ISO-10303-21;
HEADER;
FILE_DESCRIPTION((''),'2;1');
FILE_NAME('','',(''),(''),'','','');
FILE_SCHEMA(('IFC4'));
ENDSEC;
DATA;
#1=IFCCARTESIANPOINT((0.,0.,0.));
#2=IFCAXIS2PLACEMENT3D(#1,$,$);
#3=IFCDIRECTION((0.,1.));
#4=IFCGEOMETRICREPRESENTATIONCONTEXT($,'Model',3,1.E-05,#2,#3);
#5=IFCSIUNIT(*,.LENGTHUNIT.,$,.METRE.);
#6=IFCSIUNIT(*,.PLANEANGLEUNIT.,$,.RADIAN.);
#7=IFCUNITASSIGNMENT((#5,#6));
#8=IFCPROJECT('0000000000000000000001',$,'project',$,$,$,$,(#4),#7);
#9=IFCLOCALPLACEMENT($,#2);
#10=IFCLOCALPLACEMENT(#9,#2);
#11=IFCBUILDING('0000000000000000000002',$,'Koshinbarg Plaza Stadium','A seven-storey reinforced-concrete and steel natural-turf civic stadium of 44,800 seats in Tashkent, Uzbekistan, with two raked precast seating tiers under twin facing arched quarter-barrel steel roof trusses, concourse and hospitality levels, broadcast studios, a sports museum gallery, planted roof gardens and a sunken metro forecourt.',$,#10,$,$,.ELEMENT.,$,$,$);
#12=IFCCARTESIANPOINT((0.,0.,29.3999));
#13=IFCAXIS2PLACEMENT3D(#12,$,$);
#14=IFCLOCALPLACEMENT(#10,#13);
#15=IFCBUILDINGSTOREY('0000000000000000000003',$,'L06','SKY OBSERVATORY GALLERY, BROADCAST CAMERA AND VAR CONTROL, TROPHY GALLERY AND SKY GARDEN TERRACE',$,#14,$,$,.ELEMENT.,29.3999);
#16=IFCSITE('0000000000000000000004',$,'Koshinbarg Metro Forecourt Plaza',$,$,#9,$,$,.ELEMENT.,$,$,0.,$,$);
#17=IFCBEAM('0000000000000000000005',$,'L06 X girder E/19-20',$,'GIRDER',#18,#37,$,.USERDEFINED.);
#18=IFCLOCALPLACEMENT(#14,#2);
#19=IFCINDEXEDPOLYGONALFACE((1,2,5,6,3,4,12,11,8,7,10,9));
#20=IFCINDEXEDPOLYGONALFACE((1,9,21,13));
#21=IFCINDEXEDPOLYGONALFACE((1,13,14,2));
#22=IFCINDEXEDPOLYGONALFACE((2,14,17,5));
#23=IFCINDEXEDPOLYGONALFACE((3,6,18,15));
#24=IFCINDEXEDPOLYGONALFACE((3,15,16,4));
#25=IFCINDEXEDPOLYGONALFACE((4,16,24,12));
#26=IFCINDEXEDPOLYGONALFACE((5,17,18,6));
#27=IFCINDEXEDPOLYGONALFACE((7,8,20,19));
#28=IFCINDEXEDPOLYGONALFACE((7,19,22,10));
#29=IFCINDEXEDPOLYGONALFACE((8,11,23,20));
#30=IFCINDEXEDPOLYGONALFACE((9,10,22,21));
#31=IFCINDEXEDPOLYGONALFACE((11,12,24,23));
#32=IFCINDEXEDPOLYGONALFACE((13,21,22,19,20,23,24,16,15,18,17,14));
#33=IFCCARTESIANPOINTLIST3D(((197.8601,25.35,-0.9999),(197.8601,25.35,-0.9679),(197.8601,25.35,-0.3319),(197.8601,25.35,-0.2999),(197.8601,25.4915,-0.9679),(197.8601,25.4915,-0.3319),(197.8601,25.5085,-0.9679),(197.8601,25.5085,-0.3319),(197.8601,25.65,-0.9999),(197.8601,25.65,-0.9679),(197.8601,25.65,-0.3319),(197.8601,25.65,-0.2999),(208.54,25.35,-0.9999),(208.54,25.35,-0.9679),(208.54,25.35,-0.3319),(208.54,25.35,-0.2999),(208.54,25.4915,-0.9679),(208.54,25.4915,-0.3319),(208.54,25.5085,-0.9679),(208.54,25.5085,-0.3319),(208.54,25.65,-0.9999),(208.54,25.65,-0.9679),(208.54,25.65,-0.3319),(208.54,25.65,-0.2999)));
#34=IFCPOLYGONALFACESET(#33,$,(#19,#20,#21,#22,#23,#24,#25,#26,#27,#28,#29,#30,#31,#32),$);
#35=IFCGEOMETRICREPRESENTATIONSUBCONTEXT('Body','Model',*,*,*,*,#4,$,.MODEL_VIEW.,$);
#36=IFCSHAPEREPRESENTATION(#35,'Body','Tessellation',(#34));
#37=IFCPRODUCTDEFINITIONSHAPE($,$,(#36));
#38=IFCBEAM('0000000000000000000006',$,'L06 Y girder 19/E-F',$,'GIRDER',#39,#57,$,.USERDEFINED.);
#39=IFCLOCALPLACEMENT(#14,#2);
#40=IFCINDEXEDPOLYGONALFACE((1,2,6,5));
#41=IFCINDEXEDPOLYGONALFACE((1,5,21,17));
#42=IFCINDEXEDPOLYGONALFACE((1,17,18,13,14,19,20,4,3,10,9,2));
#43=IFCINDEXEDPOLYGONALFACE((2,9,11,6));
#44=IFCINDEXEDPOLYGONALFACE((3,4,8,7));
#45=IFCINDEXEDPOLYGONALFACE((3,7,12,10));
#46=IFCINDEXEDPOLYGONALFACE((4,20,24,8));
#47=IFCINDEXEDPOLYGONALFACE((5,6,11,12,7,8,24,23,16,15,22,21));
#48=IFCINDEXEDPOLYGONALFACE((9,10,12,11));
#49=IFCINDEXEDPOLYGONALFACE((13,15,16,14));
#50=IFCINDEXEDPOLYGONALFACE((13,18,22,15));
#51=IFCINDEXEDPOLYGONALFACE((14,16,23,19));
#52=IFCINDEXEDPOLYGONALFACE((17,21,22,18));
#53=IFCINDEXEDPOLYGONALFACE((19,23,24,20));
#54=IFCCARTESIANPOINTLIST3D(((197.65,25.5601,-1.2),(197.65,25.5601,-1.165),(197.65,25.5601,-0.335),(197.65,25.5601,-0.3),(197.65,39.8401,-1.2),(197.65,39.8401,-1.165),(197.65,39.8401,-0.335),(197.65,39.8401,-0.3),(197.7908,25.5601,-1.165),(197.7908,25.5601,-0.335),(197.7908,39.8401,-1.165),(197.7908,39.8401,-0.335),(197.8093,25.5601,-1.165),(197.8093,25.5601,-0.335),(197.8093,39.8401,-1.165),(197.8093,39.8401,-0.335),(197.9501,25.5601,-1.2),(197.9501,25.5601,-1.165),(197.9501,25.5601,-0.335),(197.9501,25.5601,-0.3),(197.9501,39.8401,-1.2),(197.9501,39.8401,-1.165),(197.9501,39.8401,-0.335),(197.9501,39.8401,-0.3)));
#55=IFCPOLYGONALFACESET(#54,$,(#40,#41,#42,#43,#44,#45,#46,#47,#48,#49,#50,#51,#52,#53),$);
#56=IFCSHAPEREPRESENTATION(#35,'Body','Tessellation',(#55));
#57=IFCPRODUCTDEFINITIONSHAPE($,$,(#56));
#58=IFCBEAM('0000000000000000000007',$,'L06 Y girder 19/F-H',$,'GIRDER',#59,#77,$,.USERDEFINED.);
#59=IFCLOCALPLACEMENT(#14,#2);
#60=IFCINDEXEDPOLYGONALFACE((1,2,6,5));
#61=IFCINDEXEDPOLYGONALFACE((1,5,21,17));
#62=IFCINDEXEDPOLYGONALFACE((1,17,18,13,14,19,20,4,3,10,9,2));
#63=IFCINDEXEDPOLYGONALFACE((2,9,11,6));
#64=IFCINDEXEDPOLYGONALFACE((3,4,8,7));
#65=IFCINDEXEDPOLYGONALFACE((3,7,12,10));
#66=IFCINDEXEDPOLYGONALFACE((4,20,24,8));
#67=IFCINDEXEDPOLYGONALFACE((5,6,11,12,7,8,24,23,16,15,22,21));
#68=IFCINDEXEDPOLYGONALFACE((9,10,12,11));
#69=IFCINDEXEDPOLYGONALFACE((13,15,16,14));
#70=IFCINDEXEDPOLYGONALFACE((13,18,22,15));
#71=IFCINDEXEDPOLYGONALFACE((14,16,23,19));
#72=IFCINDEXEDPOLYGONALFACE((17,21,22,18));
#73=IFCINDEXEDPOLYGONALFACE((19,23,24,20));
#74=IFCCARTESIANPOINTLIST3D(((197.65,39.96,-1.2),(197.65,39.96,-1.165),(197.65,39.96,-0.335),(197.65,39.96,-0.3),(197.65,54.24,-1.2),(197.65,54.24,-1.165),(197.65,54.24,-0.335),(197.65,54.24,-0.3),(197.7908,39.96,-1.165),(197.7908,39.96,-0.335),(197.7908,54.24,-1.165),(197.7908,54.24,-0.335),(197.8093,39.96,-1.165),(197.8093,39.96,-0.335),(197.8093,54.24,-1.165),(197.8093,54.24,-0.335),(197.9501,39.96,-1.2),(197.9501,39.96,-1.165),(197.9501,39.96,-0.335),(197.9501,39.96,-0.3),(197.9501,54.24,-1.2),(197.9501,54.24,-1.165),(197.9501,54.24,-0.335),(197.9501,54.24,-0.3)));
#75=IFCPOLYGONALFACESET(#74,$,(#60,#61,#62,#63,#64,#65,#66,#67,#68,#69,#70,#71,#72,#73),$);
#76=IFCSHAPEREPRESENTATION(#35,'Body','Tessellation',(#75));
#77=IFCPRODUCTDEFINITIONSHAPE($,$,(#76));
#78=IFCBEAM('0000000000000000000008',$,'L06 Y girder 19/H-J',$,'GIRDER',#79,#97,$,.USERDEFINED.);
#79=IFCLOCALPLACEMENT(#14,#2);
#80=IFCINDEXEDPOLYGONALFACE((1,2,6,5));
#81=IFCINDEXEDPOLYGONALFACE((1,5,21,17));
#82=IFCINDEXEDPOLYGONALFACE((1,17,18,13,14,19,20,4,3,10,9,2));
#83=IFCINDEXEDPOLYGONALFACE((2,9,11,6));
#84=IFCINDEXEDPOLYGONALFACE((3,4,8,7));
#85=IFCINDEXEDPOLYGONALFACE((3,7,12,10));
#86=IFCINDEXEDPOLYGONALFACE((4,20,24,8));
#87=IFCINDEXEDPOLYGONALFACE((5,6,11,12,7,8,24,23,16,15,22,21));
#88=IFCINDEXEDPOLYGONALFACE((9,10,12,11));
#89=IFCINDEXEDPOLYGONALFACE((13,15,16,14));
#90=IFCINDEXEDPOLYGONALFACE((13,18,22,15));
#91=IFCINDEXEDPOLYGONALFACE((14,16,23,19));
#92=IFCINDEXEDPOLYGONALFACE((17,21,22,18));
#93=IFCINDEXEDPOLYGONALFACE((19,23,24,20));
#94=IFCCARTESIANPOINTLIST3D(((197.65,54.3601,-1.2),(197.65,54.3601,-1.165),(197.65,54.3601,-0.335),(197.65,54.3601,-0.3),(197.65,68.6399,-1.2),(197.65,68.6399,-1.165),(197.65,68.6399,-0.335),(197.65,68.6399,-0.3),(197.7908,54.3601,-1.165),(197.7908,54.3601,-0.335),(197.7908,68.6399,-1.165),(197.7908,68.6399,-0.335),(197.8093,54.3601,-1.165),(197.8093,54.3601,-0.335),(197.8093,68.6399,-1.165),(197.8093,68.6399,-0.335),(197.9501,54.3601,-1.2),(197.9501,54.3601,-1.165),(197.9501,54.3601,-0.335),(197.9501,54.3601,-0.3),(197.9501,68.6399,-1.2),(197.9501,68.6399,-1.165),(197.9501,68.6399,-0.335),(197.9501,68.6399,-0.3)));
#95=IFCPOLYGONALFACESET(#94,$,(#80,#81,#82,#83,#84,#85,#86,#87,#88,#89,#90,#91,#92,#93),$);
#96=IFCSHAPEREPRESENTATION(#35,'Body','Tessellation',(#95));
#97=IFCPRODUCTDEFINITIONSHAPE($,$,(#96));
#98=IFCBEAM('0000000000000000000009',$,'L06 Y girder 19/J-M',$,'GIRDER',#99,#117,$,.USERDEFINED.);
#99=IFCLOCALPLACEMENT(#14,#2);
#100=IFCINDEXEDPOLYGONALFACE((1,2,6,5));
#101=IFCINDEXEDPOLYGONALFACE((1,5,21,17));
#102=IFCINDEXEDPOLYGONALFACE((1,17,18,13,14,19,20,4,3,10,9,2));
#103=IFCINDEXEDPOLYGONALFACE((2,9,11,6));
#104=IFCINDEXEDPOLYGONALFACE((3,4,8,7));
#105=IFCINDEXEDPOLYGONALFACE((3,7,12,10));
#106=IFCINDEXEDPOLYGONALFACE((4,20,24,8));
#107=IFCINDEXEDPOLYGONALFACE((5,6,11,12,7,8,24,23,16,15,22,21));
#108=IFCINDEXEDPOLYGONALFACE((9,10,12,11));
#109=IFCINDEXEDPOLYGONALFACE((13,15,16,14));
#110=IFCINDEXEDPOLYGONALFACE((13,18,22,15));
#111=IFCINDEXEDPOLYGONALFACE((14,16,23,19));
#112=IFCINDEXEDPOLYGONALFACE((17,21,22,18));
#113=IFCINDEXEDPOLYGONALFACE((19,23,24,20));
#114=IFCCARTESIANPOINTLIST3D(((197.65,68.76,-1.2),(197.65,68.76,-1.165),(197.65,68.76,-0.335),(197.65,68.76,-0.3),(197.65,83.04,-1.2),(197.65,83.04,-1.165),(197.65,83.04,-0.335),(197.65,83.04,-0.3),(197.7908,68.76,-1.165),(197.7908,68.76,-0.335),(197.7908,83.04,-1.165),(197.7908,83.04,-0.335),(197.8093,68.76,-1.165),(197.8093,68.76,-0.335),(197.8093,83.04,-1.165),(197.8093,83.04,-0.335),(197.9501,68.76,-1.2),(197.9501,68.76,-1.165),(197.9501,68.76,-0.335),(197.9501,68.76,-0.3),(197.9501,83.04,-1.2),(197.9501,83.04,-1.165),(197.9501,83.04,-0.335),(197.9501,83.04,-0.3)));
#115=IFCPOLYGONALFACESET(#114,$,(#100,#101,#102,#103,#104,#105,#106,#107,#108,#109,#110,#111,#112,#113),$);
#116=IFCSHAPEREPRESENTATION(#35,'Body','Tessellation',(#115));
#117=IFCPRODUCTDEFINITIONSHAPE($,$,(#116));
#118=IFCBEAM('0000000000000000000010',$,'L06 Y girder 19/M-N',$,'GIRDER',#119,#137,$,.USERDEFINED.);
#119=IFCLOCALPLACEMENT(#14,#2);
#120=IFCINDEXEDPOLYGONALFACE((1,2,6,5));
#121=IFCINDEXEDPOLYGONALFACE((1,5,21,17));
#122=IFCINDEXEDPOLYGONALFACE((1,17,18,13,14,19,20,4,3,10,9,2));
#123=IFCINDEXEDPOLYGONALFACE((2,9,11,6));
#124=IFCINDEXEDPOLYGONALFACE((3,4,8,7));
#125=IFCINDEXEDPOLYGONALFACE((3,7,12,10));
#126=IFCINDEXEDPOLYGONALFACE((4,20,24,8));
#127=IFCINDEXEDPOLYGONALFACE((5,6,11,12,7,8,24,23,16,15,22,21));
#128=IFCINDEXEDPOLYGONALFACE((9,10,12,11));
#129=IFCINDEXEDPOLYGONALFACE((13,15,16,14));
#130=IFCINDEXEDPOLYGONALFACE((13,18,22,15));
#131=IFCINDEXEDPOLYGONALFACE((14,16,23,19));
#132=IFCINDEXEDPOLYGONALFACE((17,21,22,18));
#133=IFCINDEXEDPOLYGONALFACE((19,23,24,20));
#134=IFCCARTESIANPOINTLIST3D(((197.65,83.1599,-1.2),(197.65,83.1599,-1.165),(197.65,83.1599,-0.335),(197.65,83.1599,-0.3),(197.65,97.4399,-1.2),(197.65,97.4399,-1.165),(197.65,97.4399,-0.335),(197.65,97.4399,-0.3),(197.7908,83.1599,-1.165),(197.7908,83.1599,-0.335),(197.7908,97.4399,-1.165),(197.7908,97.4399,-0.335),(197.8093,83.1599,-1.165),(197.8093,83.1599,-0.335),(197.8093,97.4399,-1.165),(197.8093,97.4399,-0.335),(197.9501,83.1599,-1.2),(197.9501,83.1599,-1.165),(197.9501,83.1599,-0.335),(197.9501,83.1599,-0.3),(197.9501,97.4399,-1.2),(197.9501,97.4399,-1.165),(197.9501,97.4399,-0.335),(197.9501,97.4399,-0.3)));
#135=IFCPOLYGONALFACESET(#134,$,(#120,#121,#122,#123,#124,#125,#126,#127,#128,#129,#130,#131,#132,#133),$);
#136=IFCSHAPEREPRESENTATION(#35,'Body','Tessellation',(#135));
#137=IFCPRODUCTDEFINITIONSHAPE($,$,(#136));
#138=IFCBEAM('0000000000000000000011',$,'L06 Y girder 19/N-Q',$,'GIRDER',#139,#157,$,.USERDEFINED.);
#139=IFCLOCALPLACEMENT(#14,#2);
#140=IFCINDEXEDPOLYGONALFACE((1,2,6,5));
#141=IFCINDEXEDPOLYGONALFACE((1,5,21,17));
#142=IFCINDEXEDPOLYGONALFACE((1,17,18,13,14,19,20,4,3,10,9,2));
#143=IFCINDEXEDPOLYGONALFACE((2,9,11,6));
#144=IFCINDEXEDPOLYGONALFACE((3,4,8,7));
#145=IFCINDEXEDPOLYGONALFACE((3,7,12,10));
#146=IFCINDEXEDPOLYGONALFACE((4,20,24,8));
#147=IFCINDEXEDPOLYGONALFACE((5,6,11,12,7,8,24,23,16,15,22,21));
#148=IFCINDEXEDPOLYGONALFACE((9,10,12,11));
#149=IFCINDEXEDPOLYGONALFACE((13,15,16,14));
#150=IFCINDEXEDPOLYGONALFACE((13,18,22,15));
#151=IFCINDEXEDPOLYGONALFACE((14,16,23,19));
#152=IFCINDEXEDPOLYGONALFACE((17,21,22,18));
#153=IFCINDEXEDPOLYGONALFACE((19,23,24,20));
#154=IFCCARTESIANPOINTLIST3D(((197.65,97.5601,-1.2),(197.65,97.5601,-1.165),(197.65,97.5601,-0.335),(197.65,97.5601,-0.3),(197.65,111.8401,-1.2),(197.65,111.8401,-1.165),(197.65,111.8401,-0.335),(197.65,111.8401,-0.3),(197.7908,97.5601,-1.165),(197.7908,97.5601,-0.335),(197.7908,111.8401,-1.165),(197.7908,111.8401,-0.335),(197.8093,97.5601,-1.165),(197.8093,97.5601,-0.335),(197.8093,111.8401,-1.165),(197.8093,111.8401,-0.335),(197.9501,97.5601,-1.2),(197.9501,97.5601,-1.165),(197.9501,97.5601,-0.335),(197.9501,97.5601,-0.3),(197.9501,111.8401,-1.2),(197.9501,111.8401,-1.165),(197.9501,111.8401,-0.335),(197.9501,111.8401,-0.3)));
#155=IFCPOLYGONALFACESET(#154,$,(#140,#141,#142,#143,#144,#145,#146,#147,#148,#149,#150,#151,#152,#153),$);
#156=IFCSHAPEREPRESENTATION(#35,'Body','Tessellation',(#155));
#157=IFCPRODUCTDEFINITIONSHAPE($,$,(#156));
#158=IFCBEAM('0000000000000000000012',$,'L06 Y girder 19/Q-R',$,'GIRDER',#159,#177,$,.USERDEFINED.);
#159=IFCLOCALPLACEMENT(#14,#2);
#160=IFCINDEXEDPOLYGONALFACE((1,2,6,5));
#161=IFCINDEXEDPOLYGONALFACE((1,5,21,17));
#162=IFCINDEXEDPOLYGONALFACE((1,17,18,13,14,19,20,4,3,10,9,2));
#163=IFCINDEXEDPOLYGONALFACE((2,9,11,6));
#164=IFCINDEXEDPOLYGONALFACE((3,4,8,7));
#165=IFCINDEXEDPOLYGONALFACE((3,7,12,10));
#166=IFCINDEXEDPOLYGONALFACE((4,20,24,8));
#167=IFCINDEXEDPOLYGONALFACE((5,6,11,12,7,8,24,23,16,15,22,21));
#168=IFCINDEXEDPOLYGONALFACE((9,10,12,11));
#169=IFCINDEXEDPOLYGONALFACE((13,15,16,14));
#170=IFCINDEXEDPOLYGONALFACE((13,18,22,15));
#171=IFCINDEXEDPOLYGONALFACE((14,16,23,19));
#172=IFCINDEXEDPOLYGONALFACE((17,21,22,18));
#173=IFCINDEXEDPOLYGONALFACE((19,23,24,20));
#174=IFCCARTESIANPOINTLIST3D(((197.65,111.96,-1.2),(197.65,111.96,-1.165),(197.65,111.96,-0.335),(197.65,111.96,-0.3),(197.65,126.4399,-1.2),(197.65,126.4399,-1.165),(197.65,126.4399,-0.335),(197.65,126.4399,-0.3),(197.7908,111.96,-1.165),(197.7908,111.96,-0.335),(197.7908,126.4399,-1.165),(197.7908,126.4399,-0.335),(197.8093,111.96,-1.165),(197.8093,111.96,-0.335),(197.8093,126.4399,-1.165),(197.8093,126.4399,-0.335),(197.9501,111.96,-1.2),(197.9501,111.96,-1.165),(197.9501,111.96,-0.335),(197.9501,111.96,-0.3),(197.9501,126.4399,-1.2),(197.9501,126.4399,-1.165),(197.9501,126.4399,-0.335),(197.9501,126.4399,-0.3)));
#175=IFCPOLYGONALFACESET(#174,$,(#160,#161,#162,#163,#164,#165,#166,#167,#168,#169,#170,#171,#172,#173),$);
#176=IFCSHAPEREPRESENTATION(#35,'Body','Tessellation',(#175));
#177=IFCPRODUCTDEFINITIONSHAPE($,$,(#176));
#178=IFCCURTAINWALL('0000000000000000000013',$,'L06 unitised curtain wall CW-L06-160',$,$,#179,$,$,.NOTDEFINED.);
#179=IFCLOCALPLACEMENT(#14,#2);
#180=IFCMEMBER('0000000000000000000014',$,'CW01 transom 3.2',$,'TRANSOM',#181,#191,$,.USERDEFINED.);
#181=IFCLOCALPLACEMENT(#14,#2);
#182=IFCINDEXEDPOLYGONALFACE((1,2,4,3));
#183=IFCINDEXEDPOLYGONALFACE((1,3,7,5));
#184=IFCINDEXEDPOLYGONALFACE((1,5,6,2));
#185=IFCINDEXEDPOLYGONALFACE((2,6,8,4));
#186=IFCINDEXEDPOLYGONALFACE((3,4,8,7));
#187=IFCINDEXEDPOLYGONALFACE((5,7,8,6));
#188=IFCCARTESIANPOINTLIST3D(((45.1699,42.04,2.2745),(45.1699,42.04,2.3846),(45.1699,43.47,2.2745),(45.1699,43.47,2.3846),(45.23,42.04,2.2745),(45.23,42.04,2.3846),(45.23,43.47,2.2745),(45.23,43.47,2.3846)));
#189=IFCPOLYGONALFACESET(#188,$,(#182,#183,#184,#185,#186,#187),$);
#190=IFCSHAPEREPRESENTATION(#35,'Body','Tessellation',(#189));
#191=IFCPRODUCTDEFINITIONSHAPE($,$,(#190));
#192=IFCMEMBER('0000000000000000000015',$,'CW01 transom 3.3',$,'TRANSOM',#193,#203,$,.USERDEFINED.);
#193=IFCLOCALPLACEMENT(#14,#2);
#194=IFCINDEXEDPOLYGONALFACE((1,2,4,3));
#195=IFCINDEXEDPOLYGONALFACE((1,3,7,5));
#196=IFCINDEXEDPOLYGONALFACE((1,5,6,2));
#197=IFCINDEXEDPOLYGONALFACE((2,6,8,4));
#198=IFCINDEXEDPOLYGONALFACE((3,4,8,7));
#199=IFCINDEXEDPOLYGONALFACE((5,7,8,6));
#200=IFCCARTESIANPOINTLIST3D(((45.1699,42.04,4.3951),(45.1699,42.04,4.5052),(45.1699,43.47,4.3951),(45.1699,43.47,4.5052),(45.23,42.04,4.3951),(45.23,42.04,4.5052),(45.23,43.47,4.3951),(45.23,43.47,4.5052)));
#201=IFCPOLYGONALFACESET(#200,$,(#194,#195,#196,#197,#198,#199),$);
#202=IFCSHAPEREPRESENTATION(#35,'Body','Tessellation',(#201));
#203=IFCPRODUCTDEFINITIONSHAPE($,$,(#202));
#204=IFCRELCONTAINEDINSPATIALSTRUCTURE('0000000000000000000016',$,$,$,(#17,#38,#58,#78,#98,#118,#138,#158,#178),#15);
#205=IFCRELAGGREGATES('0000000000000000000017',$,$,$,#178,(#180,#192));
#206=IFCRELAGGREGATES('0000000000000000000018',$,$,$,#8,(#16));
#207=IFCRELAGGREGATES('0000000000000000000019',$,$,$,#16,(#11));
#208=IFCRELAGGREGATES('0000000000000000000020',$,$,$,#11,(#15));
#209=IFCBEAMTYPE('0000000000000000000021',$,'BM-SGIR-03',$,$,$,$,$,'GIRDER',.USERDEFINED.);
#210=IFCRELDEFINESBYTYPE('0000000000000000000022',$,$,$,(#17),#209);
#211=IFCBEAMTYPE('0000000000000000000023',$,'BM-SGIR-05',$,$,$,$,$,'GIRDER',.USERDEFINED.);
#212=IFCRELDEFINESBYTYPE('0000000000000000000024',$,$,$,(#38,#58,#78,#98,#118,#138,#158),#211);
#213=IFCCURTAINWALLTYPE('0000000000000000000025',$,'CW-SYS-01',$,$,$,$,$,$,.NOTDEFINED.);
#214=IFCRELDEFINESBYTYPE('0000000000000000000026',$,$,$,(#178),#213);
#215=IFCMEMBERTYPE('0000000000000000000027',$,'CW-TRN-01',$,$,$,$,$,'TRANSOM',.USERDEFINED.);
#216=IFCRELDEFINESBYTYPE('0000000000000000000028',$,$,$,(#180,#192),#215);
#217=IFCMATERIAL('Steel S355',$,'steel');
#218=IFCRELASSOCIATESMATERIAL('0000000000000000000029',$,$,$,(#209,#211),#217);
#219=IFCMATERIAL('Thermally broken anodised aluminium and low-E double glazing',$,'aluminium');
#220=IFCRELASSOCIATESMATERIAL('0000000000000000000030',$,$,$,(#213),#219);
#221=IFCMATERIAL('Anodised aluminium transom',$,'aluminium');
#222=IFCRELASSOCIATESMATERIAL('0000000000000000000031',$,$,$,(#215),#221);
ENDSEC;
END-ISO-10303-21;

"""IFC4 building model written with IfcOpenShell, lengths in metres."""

from ifc_helpers import new_model, si_unit, direction, frame, origin, origin_2d, place, context, subcontext, project, spatial, rectangle, i_section, extrude, material, material_profile, profile_set, type_object, element, aggregate, save


model = new_model("IFC4")

# Units and contexts
model_context = context("Model", 3, precision=1e-05, world=origin(), true_north=direction((0.0, 1.0)))
body_context = subcontext(model_context, "Body", "Model", "MODEL_VIEW")
ifc_project = project(units=[si_unit("LENGTHUNIT", "METRE"), si_unit("PLANEANGLEUNIT", "RADIAN")], contexts=[model_context])

# Site, building, storey
site_placement = place(None, origin())
site = spatial("IfcSite", under=ifc_project, at=site_placement, Name="Koshinbarg Metro Forecourt Plaza", CompositionType="ELEMENT", RefElevation=0.0)
building_placement = place(site_placement, origin())
building = spatial("IfcBuilding", under=site, at=building_placement, Name="Koshinbarg Plaza Stadium", Description="A seven-storey reinforced-concrete and steel natural-turf civic stadium of 44,800 seats in Tashkent, Uzbekistan, with two raked precast seating tiers under twin facing arched quarter-barrel steel roof trusses, concourse and hospitality levels, broadcast studios, a sports museum gallery, planted roof gardens and a sunken metro forecourt.", CompositionType="ELEMENT")
storey_placement = place(building_placement, frame((0.0, 0.0, 29.3999)))
storey = spatial("IfcBuildingStorey", under=building, at=storey_placement, Name="L06", Description="SKY OBSERVATORY GALLERY, BROADCAST CAMERA AND VAR CONTROL, TROPHY GALLERY AND SKY GARDEN TERRACE", CompositionType="ELEMENT", Elevation=29.3999)

# Beams
ifc_material_1 = material(Name="Steel S355", Category="steel")
ifc_material_profile_1 = material_profile(ifc_material_1, i_section(OverallWidth=0.3, OverallDepth=0.7, WebThickness=0.0171, FlangeThickness=0.032, at=origin_2d()), Name="HEB 700")
ifc_profile_set_1 = profile_set([ifc_material_profile_1], Name="Steel S355")
beam_type_1 = type_object("IfcBeamType", Name="BM-SGIR-03", ElementType="GIRDER", PredefinedType="USERDEFINED", material=ifc_profile_set_1)
beam_1_placement = place(storey_placement, frame((197.8601, 25.5, -0.6499), z_axis=(1.0, 0.0, 0.0), x_axis=(0.0, 1.0, 0.0)))
element("IfcBeam", 1, at=beam_1_placement, inside=storey, type_object=beam_type_1, Name="L06 X girder E/19-20", ObjectType="GIRDER", PredefinedType="USERDEFINED", context=body_context, shape_type="SweptSolid", body=[
    extrude(i_section(OverallWidth=0.3, OverallDepth=0.7, WebThickness=0.0171, FlangeThickness=0.032, at=origin_2d()), origin(), (0.0, 0.0, 1.0), 10.6799),
])
ifc_material_profile_2 = material_profile(ifc_material_1, i_section(OverallWidth=0.3, OverallDepth=0.8999, WebThickness=0.0186, FlangeThickness=0.0349, at=origin_2d()), Name="HEB 900")
ifc_profile_set_2 = profile_set([ifc_material_profile_2], Name="Steel S355")
beam_type_2 = type_object("IfcBeamType", Name="BM-SGIR-05", ElementType="GIRDER", PredefinedType="USERDEFINED", material=ifc_profile_set_2)
for number, where, z_axis, x_axis, name in (
    (2, (197.8, 25.5601, -0.75), (0.0, 1.0, 0.0), (-1.0, 0.0, 0.0), "L06 Y girder 19/E-F"),
    (3, (197.8, 39.96, -0.75), (0.0, 1.0, 0.0), (-1.0, 0.0, 0.0), "L06 Y girder 19/F-H"),
):
    element("IfcBeam", number, at=place(storey_placement, frame(where, z_axis=z_axis, x_axis=x_axis)), inside=storey, type_object=beam_type_2, Name=name, ObjectType="GIRDER", PredefinedType="USERDEFINED", context=body_context, shape_type="SweptSolid", body=[
        extrude(i_section(OverallWidth=0.3, OverallDepth=0.8999, WebThickness=0.0186, FlangeThickness=0.0349, at=origin_2d()), origin(), (0.0, 0.0, 1.0), 14.28),
    ])
beam_2_placement = place(storey_placement, frame((197.8, 54.3601, -0.75), z_axis=(0.0, 1.0, 0.0), x_axis=(-1.0, 0.0, 0.0)))
element("IfcBeam", 4, at=beam_2_placement, inside=storey, type_object=beam_type_2, Name="L06 Y girder 19/H-J", ObjectType="GIRDER", PredefinedType="USERDEFINED", context=body_context, shape_type="SweptSolid", body=[
    extrude(i_section(OverallWidth=0.3, OverallDepth=0.8999, WebThickness=0.0186, FlangeThickness=0.0349, at=origin_2d()), origin(), (0.0, 0.0, 1.0), 14.2798),
])
for number, where, z_axis, x_axis, name in (
    (5, (197.8, 68.76, -0.75), (0.0, 1.0, 0.0), (-1.0, 0.0, 0.0), "L06 Y girder 19/J-M"),
    (6, (197.8, 83.1599, -0.75), (0.0, 1.0, 0.0), (-1.0, 0.0, 0.0), "L06 Y girder 19/M-N"),
    (7, (197.8, 97.5601, -0.75), (0.0, 1.0, 0.0), (-1.0, 0.0, 0.0), "L06 Y girder 19/N-Q"),
):
    element("IfcBeam", number, at=place(storey_placement, frame(where, z_axis=z_axis, x_axis=x_axis)), inside=storey, type_object=beam_type_2, Name=name, ObjectType="GIRDER", PredefinedType="USERDEFINED", context=body_context, shape_type="SweptSolid", body=[
        extrude(i_section(OverallWidth=0.3, OverallDepth=0.8999, WebThickness=0.0186, FlangeThickness=0.0349, at=origin_2d()), origin(), (0.0, 0.0, 1.0), 14.28),
    ])
beam_3_placement = place(storey_placement, frame((197.8, 111.96, -0.75), z_axis=(0.0, 1.0, 0.0), x_axis=(-1.0, 0.0, 0.0)))
element("IfcBeam", 8, at=beam_3_placement, inside=storey, type_object=beam_type_2, Name="L06 Y girder 19/Q-R", ObjectType="GIRDER", PredefinedType="USERDEFINED", context=body_context, shape_type="SweptSolid", body=[
    extrude(i_section(OverallWidth=0.3, OverallDepth=0.8999, WebThickness=0.0186, FlangeThickness=0.0349, at=origin_2d()), origin(), (0.0, 0.0, 1.0), 14.48),
])

# Curtain wall, members
ifc_material_2 = material(Name="Thermally broken anodised aluminium and low-E double glazing", Category="aluminium")
curtain_wall_type = type_object("IfcCurtainWallType", Name="CW-SYS-01", PredefinedType="NOTDEFINED", material=ifc_material_2)
curtain_wall_placement = place(storey_placement, origin())
curtain_wall = element("IfcCurtainWall", 9, at=curtain_wall_placement, inside=storey, type_object=curtain_wall_type, Name="L06 unitised curtain wall CW-L06-160", PredefinedType="NOTDEFINED")
ifc_material_3 = material(Name="Anodised aluminium transom", Category="aluminium")
ifc_material_profile_3 = material_profile(ifc_material_3, rectangle(XDim=0.0601, YDim=0.1101, at=origin_2d()), Name="ALU 60x110")
ifc_profile_set_3 = profile_set([ifc_material_profile_3], Name="Anodised aluminium transom")
member_type = type_object("IfcMemberType", Name="CW-TRN-01", ElementType="TRANSOM", PredefinedType="USERDEFINED", material=ifc_profile_set_3)
member_1_placement = place(storey_placement, frame((45.2, 43.47, 2.3296), z_axis=(0.0, -1.0, 0.0), x_axis=(1.0, 0.0, 0.0)))
member_1 = element("IfcMember", 10, at=member_1_placement, type_object=member_type, Name="CW01 transom 3.2", ObjectType="TRANSOM", PredefinedType="USERDEFINED", context=body_context, shape_type="SweptSolid", body=[
    extrude(rectangle(XDim=0.0601, YDim=0.1101, at=origin_2d()), origin(), (0.0, 0.0, 1.0), 1.4299),
])
member_2_placement = place(storey_placement, frame((45.2, 43.47, 4.4502), z_axis=(0.0, -1.0, 0.0), x_axis=(1.0, 0.0, 0.0)))
member_2 = element("IfcMember", 11, at=member_2_placement, type_object=member_type, Name="CW01 transom 3.3", ObjectType="TRANSOM", PredefinedType="USERDEFINED", context=body_context, shape_type="SweptSolid", body=[
    extrude(rectangle(XDim=0.0601, YDim=0.1101, at=origin_2d()), origin(), (0.0, 0.0, 1.0), 1.4299),
])
aggregate(curtain_wall, [member_1, member_2])

save(model, "model.ifc")
